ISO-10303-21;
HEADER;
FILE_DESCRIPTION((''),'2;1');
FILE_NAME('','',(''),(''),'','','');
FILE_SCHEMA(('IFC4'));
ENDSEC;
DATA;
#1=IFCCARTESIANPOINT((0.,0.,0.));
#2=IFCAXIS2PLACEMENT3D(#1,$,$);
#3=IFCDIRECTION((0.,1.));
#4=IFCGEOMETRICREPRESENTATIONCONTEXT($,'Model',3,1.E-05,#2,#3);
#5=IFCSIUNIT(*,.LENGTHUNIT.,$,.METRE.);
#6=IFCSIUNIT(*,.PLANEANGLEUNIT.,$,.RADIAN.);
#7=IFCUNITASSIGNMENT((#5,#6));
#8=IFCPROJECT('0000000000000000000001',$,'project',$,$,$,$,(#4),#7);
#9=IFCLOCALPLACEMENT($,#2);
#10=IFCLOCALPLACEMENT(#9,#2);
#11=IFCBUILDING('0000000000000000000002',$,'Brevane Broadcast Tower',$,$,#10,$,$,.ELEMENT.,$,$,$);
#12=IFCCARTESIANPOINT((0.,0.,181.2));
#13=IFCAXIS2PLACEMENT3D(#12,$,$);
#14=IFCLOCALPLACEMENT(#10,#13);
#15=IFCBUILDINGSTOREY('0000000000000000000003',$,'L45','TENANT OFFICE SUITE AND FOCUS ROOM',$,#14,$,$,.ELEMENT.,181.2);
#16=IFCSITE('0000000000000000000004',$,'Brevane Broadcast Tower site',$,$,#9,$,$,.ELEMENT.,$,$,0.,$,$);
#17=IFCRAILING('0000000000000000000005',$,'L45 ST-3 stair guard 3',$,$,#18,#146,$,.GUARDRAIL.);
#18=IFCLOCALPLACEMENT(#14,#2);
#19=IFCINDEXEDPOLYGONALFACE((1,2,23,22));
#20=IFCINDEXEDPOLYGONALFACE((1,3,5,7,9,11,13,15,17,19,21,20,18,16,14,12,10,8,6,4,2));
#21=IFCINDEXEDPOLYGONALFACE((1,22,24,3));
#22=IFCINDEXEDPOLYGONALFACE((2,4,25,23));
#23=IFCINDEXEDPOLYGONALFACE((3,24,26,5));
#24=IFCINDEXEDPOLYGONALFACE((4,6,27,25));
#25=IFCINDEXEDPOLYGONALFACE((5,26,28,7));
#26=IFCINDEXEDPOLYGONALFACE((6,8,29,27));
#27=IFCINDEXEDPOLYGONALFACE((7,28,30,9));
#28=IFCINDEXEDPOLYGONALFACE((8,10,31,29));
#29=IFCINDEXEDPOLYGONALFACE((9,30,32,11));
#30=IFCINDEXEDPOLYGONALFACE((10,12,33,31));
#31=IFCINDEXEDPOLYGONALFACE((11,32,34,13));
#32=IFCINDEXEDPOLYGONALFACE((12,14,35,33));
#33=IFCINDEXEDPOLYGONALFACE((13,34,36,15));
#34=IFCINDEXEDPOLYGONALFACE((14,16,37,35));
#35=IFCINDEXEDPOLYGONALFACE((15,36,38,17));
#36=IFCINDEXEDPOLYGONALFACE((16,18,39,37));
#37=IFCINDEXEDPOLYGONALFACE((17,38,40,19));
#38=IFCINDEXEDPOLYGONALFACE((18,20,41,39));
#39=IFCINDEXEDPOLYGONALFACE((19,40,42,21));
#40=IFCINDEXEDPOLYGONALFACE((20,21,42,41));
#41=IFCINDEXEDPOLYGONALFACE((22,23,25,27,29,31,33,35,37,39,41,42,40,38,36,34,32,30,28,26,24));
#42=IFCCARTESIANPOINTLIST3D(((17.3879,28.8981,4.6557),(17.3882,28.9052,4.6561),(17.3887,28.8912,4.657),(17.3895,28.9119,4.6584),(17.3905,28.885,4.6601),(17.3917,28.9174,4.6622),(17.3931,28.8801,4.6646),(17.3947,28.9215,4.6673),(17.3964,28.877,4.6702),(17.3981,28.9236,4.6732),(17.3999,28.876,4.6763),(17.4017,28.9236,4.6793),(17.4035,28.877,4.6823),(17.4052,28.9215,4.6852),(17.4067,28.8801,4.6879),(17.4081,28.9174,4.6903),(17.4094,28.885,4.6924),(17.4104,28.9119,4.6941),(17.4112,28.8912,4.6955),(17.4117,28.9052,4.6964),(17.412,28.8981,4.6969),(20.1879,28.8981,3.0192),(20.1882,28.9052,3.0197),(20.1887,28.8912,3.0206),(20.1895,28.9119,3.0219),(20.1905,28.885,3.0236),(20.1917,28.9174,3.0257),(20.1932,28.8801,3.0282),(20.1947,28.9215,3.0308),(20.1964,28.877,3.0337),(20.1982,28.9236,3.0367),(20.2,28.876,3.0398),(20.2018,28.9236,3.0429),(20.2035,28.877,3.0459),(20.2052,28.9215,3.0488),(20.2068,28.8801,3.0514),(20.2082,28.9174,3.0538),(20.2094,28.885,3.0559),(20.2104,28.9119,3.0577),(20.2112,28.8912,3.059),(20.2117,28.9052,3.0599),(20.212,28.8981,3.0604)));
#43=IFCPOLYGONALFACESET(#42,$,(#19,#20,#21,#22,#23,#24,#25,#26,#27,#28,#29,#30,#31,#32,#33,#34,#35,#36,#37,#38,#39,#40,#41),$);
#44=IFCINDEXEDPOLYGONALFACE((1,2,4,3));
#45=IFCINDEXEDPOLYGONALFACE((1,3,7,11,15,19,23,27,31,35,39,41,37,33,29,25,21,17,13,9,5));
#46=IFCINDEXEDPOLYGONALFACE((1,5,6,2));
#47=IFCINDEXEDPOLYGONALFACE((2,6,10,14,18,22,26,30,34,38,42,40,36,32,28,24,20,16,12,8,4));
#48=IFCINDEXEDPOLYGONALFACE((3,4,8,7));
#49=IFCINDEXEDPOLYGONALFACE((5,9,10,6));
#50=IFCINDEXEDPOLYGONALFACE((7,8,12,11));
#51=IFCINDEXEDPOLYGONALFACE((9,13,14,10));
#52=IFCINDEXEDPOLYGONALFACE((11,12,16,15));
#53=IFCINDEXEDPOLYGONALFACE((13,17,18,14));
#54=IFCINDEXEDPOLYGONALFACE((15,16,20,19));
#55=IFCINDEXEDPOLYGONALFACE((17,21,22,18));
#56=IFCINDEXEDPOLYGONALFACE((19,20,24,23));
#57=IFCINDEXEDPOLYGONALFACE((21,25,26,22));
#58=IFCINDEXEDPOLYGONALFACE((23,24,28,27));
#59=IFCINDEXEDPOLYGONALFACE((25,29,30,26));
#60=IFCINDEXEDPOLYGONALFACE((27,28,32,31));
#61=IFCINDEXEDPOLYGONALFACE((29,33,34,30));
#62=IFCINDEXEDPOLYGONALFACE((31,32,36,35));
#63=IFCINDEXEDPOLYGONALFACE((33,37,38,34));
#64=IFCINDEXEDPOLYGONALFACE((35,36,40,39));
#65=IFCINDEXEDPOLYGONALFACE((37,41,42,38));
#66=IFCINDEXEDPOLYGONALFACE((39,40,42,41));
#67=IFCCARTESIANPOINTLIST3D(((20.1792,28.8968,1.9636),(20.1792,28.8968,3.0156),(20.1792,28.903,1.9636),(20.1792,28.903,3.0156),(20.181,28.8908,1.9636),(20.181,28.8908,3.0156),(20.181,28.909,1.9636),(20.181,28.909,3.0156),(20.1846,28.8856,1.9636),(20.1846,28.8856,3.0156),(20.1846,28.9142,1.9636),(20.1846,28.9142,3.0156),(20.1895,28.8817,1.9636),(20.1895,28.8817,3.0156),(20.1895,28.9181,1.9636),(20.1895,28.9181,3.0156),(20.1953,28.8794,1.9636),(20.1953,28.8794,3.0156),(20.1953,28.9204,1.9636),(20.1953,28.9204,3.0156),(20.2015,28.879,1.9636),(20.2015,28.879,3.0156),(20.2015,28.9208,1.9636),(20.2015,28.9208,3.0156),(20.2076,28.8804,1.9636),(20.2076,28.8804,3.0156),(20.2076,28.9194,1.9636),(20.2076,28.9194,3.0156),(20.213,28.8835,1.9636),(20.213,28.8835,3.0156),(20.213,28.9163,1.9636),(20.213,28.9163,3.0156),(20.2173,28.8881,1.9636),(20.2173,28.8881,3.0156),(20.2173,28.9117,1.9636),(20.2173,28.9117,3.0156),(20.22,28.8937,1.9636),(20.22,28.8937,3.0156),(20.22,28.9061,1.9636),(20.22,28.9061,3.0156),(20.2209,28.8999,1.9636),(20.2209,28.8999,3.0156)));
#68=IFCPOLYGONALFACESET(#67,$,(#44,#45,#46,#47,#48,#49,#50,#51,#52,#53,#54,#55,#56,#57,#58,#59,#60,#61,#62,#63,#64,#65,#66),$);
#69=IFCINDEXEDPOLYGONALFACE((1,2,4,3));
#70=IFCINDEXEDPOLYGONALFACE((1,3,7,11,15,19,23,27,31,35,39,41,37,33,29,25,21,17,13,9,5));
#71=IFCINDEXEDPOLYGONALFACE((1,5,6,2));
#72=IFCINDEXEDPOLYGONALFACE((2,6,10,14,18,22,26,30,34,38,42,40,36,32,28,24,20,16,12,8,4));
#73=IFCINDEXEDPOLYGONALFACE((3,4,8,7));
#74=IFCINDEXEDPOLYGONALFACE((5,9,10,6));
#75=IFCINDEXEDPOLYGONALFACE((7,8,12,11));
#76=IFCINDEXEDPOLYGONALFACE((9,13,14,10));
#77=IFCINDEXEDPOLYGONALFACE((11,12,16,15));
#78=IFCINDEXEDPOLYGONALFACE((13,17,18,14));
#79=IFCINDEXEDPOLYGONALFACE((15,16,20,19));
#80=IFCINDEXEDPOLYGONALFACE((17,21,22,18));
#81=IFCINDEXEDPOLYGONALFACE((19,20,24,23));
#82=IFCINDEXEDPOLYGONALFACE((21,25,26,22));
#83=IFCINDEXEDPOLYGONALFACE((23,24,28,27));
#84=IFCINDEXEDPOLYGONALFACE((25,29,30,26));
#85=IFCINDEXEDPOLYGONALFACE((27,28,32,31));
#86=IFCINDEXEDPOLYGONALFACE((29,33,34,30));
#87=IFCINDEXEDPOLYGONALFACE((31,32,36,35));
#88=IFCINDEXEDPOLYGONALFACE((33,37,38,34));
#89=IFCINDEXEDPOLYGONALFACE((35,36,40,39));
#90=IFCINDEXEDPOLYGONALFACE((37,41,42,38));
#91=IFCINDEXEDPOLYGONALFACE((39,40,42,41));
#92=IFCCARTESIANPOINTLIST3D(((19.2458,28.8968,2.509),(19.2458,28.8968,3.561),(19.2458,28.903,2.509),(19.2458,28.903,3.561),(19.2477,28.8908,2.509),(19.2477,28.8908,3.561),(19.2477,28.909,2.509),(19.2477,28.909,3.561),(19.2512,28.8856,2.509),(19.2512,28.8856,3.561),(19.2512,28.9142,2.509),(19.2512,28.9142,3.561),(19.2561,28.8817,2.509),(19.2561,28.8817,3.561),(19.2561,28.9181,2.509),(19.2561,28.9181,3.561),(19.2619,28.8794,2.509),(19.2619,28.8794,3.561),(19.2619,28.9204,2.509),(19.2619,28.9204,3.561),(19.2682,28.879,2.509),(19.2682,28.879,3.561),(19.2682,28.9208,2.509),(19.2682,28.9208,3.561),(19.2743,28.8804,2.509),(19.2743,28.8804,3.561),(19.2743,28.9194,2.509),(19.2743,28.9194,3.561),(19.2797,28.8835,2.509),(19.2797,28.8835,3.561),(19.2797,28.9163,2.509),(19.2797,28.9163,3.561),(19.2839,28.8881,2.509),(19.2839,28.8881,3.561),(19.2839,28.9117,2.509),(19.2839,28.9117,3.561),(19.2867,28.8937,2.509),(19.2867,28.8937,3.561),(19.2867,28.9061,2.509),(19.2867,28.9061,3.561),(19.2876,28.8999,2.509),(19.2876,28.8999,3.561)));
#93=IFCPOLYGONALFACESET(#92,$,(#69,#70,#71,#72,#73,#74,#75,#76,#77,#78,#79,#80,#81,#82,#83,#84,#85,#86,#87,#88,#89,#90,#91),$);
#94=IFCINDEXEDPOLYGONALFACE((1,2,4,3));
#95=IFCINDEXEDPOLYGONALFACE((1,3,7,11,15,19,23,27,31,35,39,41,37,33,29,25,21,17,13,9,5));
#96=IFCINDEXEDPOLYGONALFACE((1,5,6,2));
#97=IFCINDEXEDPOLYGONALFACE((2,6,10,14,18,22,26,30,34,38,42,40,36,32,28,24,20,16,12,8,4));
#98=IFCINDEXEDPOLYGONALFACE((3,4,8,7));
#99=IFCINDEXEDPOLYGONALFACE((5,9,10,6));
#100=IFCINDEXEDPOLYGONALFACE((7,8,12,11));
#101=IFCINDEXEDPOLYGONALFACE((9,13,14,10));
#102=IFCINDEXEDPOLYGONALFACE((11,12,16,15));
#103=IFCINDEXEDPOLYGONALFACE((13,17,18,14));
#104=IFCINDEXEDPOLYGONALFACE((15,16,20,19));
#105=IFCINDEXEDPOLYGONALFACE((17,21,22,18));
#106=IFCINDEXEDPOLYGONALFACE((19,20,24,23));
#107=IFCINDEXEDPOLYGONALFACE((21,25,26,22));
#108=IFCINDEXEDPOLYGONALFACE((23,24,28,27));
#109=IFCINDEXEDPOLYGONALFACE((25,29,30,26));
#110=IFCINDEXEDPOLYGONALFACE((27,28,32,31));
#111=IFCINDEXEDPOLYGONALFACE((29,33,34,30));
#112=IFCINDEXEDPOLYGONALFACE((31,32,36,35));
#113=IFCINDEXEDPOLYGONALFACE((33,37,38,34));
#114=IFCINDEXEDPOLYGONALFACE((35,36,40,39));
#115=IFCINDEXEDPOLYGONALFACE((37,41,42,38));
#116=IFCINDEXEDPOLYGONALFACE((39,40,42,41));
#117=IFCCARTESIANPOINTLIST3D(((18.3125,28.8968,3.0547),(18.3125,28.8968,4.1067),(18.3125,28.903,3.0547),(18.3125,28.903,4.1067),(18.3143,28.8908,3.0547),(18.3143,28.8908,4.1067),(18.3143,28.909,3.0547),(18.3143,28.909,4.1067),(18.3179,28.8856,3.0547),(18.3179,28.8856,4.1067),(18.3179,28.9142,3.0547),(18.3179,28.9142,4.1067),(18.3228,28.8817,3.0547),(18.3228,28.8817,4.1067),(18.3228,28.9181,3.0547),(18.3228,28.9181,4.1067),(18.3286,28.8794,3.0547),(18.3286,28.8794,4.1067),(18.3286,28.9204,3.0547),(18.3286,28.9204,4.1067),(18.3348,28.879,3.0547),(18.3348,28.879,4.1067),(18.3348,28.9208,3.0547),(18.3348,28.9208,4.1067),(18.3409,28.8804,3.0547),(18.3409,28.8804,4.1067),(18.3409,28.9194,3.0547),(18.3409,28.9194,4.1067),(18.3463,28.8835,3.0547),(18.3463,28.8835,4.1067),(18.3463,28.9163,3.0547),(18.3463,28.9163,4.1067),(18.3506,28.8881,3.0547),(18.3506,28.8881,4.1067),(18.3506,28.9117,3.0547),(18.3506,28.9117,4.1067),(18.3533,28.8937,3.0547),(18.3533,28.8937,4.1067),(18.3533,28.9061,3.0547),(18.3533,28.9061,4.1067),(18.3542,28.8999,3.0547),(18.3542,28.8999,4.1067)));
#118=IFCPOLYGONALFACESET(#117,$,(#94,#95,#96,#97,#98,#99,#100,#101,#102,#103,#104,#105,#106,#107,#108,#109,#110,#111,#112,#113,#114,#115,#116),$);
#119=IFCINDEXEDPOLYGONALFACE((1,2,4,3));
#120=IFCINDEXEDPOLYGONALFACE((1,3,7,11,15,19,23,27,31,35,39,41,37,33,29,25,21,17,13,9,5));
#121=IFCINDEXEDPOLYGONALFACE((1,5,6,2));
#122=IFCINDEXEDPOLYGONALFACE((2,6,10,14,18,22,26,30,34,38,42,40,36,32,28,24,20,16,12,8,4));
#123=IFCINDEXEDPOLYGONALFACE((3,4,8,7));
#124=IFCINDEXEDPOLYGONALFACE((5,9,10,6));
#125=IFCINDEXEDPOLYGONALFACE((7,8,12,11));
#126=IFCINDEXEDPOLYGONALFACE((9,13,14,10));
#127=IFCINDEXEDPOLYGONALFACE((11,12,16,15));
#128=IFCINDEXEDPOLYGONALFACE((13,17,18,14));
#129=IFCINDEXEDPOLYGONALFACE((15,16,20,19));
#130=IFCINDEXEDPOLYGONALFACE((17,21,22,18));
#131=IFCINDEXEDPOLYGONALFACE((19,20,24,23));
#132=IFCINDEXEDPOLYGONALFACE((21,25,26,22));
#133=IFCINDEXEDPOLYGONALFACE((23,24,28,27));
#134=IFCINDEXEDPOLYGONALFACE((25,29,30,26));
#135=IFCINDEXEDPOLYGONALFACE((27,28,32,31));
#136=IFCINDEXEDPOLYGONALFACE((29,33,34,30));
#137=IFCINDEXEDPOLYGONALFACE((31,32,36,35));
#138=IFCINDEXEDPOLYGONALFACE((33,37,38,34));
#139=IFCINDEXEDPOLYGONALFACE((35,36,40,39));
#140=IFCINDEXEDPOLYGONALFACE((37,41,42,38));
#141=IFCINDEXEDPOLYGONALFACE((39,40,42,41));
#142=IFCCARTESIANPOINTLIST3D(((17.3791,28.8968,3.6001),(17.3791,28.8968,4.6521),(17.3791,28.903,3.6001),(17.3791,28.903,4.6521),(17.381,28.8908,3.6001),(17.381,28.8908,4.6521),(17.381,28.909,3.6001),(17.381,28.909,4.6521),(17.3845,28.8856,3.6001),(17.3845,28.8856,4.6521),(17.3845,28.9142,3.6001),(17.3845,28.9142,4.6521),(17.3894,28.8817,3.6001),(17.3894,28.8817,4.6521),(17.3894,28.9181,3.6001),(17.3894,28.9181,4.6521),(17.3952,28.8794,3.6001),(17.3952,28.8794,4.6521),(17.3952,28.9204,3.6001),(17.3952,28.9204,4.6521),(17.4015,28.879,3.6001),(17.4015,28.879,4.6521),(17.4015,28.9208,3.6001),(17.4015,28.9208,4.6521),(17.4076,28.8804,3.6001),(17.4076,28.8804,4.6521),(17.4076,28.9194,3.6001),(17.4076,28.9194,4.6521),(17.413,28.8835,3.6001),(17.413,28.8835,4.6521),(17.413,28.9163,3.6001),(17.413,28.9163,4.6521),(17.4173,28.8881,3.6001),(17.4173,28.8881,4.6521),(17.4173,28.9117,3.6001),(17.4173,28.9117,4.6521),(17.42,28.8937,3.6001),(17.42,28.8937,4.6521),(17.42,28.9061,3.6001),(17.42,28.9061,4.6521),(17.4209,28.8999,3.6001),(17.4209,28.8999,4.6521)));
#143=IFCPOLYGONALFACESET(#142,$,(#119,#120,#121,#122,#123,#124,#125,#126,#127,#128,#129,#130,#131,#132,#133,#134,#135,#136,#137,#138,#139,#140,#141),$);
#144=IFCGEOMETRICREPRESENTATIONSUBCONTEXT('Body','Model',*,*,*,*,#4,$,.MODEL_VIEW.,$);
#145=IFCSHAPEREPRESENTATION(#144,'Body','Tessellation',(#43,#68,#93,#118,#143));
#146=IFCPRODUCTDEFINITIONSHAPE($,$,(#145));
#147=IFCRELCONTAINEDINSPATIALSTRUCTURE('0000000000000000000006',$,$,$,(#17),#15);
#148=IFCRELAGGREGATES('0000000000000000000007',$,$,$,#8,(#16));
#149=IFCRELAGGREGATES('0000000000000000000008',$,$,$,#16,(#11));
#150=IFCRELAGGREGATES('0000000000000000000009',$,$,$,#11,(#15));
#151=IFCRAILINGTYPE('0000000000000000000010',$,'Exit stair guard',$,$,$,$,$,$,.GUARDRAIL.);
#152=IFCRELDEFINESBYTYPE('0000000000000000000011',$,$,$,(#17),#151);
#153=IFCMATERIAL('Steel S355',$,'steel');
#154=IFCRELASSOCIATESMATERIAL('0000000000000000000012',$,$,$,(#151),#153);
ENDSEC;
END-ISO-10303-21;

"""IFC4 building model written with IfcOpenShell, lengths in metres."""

from ifc_helpers import new_model, si_unit, direction, frame, origin, origin_2d, place, context, subcontext, project, spatial, circle, extrude, material, type_object, element, save


model = new_model("IFC4")

# Units and contexts
model_context = context("Model", 3, precision=1e-05, world=origin(), true_north=direction((0.0, 1.0)))
body_context = subcontext(model_context, "Body", "Model", "MODEL_VIEW")
ifc_project = project(units=[si_unit("LENGTHUNIT", "METRE"), si_unit("PLANEANGLEUNIT", "RADIAN")], contexts=[model_context])

# Site, building, storey
site_placement = place(None, origin())
site = spatial("IfcSite", under=ifc_project, at=site_placement, Name="Brevane Broadcast Tower site", CompositionType="ELEMENT", RefElevation=0.0)
building_placement = place(site_placement, origin())
building = spatial("IfcBuilding", under=site, at=building_placement, Name="Brevane Broadcast Tower", CompositionType="ELEMENT")
storey_placement = place(building_placement, frame((0.0, 0.0, 181.2)))
storey = spatial("IfcBuildingStorey", under=building, at=storey_placement, Name="L45", Description="TENANT OFFICE SUITE AND FOCUS ROOM", CompositionType="ELEMENT", Elevation=181.2)

# Railing
ifc_material_1 = material(Name="Steel S355", Category="steel")
railing_type_1 = type_object("IfcRailingType", Name="Exit stair guard", PredefinedType="GUARDRAIL", material=ifc_material_1)
railing_1_placement = place(storey_placement, frame((20.2, 28.8999, 1.9636)))
element("IfcRailing", 1, at=railing_1_placement, inside=storey, type_object=railing_type_1, Name="L45 ST-3 stair guard 3", PredefinedType="GUARDRAIL", context=body_context, shape_type="SweptSolid", body=[
    extrude(circle(Radius=0.0239, at=origin_2d()), frame((0.0, 0.0, 1.0762), z_axis=(-0.863361, 0.0, 0.504587), x_axis=(0.0, -1.0, 0.0)), (0.0, 0.0, 1.0), 3.2432),
    extrude(circle(Radius=0.021, at=origin_2d()), origin(), (0.0, 0.0, 1.0), 1.052),
    extrude(circle(Radius=0.021, at=origin_2d()), frame((-0.9333, 0.0, 0.5454)), (0.0, 0.0, 1.0), 1.052),
    extrude(circle(Radius=0.021, at=origin_2d()), frame((-1.8667, 0.0, 1.0911)), (0.0, 0.0, 1.0), 1.052),
    extrude(circle(Radius=0.021, at=origin_2d()), frame((-2.8, 0.0, 1.6365)), (0.0, 0.0, 1.0), 1.052),
])

save(model, "model.ifc")
